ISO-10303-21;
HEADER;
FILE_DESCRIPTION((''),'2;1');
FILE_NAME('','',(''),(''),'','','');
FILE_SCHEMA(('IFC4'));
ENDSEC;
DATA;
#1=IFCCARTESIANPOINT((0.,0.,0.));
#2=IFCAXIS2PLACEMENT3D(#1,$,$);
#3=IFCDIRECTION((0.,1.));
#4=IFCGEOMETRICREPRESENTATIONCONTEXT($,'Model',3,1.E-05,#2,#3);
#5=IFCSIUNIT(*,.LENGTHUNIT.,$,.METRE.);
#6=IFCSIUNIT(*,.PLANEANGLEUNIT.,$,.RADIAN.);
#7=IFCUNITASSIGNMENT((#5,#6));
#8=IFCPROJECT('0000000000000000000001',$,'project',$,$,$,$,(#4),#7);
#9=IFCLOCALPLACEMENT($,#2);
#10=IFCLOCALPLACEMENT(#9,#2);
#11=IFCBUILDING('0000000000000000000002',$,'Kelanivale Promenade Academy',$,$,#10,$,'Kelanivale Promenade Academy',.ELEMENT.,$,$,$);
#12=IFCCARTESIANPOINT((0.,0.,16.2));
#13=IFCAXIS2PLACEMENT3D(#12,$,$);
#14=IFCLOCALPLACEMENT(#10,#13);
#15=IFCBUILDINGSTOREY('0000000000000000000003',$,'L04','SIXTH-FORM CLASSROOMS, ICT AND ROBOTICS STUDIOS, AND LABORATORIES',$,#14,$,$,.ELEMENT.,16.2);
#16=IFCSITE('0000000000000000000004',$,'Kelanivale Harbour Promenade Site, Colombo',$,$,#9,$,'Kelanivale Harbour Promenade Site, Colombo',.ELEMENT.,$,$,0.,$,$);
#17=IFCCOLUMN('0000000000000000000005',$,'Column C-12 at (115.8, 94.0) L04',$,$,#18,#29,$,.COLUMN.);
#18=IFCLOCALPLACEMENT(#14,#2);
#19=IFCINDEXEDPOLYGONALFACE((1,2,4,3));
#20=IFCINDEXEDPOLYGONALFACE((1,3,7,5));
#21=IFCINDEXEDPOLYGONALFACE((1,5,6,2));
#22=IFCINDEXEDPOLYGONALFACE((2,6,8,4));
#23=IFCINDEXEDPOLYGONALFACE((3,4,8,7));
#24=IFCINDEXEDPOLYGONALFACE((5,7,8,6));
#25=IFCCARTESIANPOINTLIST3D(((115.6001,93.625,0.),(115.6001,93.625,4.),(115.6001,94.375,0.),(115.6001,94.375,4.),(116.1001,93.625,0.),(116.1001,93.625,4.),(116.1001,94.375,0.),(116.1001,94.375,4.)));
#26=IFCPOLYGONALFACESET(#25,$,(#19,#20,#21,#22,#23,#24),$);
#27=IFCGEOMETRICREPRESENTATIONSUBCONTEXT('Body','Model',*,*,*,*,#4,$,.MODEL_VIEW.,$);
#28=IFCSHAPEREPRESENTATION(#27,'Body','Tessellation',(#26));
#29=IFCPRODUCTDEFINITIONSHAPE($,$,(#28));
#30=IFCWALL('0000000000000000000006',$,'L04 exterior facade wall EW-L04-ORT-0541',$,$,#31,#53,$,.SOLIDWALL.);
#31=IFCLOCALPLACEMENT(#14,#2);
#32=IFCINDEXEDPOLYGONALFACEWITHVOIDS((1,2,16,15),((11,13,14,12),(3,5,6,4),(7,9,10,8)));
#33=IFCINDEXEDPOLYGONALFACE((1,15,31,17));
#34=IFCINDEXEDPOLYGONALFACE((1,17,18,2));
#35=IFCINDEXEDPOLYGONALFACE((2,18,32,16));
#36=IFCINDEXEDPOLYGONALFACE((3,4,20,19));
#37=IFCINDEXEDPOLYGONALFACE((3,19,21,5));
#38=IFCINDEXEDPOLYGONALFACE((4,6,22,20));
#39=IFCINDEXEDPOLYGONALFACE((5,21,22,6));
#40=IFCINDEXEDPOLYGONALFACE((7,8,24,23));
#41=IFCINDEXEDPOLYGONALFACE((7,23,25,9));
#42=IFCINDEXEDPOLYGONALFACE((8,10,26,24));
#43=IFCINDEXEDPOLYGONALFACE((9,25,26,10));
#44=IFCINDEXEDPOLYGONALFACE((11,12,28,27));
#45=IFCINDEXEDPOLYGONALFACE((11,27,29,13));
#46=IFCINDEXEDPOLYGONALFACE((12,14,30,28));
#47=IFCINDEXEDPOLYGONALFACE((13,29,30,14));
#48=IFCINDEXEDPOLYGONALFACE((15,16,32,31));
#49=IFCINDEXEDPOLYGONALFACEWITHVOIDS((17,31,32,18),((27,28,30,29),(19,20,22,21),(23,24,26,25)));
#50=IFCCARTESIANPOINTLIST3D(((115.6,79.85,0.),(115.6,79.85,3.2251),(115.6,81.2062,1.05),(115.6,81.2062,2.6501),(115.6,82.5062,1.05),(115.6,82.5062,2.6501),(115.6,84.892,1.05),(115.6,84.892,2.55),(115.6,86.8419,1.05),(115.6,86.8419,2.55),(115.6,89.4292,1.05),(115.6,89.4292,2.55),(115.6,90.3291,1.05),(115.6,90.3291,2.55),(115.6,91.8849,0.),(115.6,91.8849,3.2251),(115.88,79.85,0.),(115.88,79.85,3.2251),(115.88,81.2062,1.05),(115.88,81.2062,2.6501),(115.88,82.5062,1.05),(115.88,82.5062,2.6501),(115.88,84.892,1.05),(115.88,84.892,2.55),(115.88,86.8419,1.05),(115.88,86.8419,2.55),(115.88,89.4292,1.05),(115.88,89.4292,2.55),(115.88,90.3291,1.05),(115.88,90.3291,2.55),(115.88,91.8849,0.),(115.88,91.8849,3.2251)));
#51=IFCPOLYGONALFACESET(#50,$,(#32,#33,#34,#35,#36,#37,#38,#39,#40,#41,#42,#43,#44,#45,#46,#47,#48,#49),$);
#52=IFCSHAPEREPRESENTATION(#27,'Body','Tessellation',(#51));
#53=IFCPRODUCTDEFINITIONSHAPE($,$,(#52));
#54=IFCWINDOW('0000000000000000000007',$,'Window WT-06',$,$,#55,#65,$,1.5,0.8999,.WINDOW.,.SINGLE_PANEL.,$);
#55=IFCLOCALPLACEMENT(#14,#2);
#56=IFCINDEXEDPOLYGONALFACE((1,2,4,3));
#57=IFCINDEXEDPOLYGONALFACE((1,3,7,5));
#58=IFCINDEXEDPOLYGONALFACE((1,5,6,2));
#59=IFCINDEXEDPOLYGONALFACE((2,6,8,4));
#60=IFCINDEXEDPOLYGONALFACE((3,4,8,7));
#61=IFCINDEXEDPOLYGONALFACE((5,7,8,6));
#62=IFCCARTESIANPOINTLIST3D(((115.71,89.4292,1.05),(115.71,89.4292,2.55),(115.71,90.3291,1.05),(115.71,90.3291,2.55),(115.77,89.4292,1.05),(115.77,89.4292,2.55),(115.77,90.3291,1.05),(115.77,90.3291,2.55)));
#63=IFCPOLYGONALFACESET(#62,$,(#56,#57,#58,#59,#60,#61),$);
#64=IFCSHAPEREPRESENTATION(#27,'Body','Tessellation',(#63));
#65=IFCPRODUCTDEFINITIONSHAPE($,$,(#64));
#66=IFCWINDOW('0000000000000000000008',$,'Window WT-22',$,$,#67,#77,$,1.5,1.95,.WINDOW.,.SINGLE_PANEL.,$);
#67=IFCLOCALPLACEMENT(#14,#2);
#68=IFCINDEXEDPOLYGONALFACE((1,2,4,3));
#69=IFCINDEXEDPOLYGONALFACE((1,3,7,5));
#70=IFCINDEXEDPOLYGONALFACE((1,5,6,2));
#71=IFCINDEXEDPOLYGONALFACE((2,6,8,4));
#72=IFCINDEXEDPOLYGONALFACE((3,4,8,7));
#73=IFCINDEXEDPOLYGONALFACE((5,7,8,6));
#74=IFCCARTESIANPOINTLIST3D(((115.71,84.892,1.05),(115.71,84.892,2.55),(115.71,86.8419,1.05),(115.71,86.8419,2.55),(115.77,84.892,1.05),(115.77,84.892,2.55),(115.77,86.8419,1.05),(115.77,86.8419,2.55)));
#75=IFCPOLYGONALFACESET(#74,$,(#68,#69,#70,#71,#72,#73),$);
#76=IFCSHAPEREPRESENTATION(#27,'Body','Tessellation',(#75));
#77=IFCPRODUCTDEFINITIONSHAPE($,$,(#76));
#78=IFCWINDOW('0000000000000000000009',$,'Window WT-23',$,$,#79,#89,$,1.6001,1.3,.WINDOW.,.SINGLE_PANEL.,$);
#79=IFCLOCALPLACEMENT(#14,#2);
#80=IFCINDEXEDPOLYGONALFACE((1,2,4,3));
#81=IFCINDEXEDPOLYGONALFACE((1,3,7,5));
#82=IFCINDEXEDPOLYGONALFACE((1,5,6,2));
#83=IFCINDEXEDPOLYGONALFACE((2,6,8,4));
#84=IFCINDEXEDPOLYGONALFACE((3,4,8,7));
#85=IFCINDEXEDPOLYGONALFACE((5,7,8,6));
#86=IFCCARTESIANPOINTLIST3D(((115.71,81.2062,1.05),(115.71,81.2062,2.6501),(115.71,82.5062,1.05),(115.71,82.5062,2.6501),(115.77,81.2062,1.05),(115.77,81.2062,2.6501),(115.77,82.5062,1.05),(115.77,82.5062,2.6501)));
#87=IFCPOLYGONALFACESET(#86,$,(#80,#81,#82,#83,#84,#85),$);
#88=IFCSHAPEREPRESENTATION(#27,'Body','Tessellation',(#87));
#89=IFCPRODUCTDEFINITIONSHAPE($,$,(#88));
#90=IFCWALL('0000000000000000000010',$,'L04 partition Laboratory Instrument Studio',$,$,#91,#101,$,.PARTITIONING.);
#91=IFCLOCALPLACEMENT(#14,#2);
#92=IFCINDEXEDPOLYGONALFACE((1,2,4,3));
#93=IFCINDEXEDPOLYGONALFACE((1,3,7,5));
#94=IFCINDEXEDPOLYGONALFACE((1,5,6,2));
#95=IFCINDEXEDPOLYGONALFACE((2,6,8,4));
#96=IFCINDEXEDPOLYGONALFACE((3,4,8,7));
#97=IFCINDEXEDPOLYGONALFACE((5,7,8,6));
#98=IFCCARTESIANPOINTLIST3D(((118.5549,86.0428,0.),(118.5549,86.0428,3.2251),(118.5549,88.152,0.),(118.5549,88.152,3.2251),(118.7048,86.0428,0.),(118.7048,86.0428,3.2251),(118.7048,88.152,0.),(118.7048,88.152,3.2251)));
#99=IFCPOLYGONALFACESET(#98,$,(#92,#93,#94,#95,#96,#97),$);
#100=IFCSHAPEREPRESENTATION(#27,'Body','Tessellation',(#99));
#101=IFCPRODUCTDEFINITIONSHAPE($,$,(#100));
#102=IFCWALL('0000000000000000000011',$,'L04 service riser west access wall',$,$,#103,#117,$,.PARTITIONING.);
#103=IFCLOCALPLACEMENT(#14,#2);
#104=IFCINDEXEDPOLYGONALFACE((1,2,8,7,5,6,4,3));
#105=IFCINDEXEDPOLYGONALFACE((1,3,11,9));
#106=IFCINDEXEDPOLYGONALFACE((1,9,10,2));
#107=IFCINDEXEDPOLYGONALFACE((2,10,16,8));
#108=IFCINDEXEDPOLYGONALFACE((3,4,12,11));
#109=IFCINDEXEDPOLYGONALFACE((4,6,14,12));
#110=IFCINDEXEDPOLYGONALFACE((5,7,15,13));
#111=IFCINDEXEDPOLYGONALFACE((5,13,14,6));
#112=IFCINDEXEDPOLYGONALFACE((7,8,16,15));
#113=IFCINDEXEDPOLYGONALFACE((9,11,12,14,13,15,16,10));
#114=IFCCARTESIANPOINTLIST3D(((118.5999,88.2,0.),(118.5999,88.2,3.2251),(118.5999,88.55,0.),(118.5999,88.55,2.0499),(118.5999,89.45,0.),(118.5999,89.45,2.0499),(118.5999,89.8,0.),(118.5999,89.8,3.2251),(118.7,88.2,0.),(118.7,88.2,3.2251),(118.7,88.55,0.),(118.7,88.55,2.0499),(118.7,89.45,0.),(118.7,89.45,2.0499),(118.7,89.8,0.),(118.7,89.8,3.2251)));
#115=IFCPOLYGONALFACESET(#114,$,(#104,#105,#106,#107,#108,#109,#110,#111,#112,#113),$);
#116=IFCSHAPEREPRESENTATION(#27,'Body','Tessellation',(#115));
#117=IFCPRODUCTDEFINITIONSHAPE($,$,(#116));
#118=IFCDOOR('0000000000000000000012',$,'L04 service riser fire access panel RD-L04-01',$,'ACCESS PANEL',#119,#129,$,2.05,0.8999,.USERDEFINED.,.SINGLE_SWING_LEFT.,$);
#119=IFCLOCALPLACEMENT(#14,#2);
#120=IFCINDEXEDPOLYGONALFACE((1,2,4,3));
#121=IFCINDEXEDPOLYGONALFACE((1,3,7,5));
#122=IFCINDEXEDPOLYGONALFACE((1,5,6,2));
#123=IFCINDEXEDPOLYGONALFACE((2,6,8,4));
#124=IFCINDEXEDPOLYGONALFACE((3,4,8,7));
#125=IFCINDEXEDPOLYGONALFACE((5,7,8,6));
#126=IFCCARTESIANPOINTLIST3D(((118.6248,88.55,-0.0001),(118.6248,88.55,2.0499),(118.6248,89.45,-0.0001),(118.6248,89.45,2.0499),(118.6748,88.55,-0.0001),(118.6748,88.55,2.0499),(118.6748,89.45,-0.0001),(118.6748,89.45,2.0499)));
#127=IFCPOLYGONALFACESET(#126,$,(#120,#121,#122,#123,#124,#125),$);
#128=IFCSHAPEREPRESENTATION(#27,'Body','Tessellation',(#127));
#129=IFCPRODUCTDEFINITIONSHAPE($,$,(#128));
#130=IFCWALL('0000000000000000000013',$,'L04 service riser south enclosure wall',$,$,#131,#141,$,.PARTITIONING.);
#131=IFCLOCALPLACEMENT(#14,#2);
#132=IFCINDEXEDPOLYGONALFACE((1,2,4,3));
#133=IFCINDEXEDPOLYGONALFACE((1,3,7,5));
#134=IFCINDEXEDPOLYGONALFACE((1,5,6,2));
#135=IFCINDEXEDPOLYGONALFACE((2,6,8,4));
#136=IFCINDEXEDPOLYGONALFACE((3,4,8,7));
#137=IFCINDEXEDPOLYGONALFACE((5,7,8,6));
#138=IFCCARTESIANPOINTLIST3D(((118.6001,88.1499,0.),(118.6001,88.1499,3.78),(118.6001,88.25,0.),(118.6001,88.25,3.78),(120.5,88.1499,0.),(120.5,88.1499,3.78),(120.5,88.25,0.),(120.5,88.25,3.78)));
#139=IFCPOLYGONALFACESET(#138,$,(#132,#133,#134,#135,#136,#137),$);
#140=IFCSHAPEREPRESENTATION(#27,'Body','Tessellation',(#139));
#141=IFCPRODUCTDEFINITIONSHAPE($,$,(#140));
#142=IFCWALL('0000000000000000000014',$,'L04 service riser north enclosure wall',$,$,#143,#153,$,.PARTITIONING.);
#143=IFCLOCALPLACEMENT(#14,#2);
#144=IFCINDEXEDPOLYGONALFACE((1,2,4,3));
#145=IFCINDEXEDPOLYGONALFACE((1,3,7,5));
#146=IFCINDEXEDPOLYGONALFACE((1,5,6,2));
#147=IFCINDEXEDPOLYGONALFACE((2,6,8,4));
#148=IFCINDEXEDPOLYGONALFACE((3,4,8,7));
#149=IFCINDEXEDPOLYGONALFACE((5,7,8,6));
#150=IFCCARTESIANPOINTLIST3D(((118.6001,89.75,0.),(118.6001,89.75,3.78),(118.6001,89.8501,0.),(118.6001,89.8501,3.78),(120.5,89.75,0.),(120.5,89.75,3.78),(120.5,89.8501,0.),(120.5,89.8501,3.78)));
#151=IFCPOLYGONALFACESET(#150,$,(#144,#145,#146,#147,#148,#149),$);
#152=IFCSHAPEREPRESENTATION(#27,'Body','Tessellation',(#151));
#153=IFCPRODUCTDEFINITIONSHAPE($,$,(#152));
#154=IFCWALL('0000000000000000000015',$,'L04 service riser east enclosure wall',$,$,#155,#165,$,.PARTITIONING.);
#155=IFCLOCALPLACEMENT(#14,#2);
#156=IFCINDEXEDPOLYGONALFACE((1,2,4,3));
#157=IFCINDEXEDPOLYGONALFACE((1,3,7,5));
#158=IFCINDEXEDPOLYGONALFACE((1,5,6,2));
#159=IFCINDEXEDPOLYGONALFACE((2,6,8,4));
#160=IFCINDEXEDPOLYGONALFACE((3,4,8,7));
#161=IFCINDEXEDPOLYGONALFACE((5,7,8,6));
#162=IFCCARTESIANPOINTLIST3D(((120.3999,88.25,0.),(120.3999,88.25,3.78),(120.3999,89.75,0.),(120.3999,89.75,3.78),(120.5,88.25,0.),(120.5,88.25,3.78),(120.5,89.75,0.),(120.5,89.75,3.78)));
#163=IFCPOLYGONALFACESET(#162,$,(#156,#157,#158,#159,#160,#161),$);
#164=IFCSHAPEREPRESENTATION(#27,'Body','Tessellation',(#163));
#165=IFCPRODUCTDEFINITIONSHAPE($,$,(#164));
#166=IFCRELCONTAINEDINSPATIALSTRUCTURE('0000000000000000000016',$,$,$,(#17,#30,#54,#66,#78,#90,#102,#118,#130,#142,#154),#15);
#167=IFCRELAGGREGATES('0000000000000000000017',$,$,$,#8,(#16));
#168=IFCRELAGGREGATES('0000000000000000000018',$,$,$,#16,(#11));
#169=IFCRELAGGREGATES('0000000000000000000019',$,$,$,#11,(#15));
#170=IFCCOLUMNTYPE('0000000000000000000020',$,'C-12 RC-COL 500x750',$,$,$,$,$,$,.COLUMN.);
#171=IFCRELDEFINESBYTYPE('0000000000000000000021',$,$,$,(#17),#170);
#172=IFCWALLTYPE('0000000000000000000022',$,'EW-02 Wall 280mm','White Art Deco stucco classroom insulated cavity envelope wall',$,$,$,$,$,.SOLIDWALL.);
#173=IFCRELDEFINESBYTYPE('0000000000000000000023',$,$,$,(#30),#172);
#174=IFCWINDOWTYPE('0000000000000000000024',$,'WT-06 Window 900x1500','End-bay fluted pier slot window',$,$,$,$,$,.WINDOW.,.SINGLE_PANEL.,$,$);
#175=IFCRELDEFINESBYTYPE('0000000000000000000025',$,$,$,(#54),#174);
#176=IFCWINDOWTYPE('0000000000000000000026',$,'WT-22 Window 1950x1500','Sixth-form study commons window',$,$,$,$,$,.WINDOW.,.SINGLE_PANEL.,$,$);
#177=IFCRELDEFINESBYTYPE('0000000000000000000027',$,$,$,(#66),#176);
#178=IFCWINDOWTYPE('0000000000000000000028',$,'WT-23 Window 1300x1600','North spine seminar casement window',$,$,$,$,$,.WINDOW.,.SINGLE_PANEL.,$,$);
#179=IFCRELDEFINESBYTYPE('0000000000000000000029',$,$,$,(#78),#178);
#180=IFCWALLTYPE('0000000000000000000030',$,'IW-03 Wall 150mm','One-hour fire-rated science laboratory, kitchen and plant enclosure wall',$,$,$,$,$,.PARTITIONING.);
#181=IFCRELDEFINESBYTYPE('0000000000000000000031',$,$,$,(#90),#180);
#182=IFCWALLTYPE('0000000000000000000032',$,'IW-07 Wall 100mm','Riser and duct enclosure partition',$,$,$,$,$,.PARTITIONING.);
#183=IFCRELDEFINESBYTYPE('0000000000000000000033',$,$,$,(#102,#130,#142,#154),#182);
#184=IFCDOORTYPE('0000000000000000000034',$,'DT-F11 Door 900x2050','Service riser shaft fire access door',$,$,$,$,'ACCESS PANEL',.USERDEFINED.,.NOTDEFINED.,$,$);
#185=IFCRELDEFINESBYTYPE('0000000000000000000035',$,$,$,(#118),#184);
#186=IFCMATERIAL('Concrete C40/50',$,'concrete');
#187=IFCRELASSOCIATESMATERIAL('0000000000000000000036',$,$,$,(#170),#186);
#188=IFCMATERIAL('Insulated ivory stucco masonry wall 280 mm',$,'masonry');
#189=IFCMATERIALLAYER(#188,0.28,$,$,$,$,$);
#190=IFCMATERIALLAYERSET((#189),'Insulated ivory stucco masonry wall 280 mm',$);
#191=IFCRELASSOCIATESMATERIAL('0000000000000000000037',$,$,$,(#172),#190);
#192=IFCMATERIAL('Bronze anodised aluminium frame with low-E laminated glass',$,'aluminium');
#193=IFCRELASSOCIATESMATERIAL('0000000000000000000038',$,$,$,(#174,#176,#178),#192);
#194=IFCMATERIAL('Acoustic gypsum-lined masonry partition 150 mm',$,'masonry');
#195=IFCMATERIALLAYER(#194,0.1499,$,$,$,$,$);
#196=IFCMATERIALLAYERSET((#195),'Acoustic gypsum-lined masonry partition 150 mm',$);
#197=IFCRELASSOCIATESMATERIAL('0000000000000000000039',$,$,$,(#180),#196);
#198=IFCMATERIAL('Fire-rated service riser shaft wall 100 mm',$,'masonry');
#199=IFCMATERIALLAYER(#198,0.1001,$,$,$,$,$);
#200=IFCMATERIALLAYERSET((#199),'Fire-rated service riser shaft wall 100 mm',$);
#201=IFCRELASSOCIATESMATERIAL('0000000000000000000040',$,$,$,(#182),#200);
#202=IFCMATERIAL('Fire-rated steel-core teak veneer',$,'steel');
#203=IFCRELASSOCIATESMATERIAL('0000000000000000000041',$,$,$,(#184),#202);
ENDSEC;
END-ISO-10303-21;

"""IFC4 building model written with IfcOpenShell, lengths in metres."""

from ifc_helpers import new_model, si_unit, direction, frame, frame_2d, origin, origin_2d, place, context, subcontext, project, spatial, rectangle, extrude, material, layer, layer_set, material_profile, profile_set, type_object, element, fill, save


model = new_model("IFC4")

# Units and contexts
model_context = context("Model", 3, precision=1e-05, world=origin(), true_north=direction((0.0, 1.0)))
body_context = subcontext(model_context, "Body", "Model", "MODEL_VIEW")
ifc_project = project(units=[si_unit("LENGTHUNIT", "METRE"), si_unit("PLANEANGLEUNIT", "RADIAN")], contexts=[model_context])

# Site, building, storey
site_placement = place(None, origin())
site = spatial("IfcSite", under=ifc_project, at=site_placement, Name="Kelanivale Harbour Promenade Site, Colombo", LongName="Kelanivale Harbour Promenade Site, Colombo", CompositionType="ELEMENT", RefElevation=0.0)
building_placement = place(site_placement, origin())
building = spatial("IfcBuilding", under=site, at=building_placement, Name="Kelanivale Promenade Academy", LongName="Kelanivale Promenade Academy", CompositionType="ELEMENT")
storey_placement = place(building_placement, frame((0.0, 0.0, 16.2)))
storey = spatial("IfcBuildingStorey", under=building, at=storey_placement, Name="L04", Description="SIXTH-FORM CLASSROOMS, ICT AND ROBOTICS STUDIOS, AND LABORATORIES", CompositionType="ELEMENT", Elevation=16.2)

# Column
ifc_material_1 = material(Name="Concrete C40/50", Category="concrete")
ifc_material_profile = material_profile(ifc_material_1, rectangle(XDim=0.5, YDim=0.75, at=origin_2d()), Name="RC-COL 500x750")
ifc_profile_set = profile_set([ifc_material_profile], Name="Concrete C40/50")
column_type = type_object("IfcColumnType", Name="C-12 RC-COL 500x750", PredefinedType="COLUMN", material=ifc_profile_set)
column_placement = place(storey_placement, frame((115.8501, 94.0, 0.0), z_axis=(0.0, 0.0, 1.0), x_axis=(1.0, 0.0, 0.0)))
element("IfcColumn", 1, at=column_placement, inside=storey, type_object=column_type, Name="Column C-12 at (115.8, 94.0) L04", PredefinedType="COLUMN", context=body_context, shape_type="SweptSolid", body=[
    extrude(rectangle(XDim=0.5, YDim=0.75, at=origin_2d()), origin(), (0.0, 0.0, 1.0), 4.0),
])

# Wall, openings, windows
ifc_material_2 = material(Name="Insulated ivory stucco masonry wall 280 mm", Category="masonry")
ifc_layer_1 = layer(ifc_material_2, 0.28)
ifc_layer_set_1 = layer_set([ifc_layer_1], Name="Insulated ivory stucco masonry wall 280 mm")
wall_type_1 = type_object("IfcWallType", Name="EW-02 Wall 280mm", Description="White Art Deco stucco classroom insulated cavity envelope wall", PredefinedType="SOLIDWALL", material=ifc_layer_set_1)
wall_1_placement = place(storey_placement, frame((115.74, 91.885, 0.0), z_axis=(0.0, 0.0, 1.0), x_axis=(0.0, -1.0, 0.0)))
wall_1 = element("IfcWall", 2, at=wall_1_placement, inside=storey, type_object=wall_type_1, Name="L04 exterior facade wall EW-L04-ORT-0541", PredefinedType="SOLIDWALL", context=body_context, shape_type="SweptSolid", body=[
    extrude(rectangle(XDim=12.0349, YDim=0.28, at=frame_2d((6.0176, 0.0))), origin(), (0.0, 0.0, 1.0), 3.2251),
])
opening_1_placement = place(wall_1_placement, frame((1.5559, 0.0, 1.05)))
opening_1 = element("IfcOpeningElement", 3, at=opening_1_placement, cuts=wall_1, PredefinedType="OPENING", context=body_context, shape_type="SweptSolid", body=[
    extrude(rectangle(XDim=0.8999, YDim=1.5, at=frame_2d((0.45, 0.75))), frame((0.0, 0.1499, 0.0), z_axis=(0.0, -1.0, 0.0), x_axis=(1.0, 0.0, 0.0)), (0.0, 0.0, 1.0), 0.3),
])
opening_2_placement = place(wall_1_placement, frame((5.043, 0.0, 1.05)))
opening_2 = element("IfcOpeningElement", 4, at=opening_2_placement, cuts=wall_1, PredefinedType="OPENING", context=body_context, shape_type="SweptSolid", body=[
    extrude(rectangle(XDim=1.95, YDim=1.5, at=frame_2d((0.9751, 0.75))), frame((0.0, 0.1499, 0.0), z_axis=(0.0, -1.0, 0.0), x_axis=(1.0, 0.0, 0.0)), (0.0, 0.0, 1.0), 0.3),
])
opening_3_placement = place(wall_1_placement, frame((9.3789, 0.0, 1.05)))
opening_3 = element("IfcOpeningElement", 5, at=opening_3_placement, cuts=wall_1, PredefinedType="OPENING", context=body_context, shape_type="SweptSolid", body=[
    extrude(rectangle(XDim=1.3, YDim=1.6001, at=frame_2d((0.6499, 0.8))), frame((0.0, 0.1499, 0.0), z_axis=(0.0, -1.0, 0.0), x_axis=(1.0, 0.0, 0.0)), (0.0, 0.0, 1.0), 0.3),
])
ifc_material_3 = material(Name="Bronze anodised aluminium frame with low-E laminated glass", Category="aluminium")
window_type_1 = type_object("IfcWindowType", Name="WT-06 Window 900x1500", Description="End-bay fluted pier slot window", PartitioningType="SINGLE_PANEL", PredefinedType="WINDOW", material=ifc_material_3)
window_1_placement = place(opening_1_placement, origin())
window_1 = element("IfcWindow", 6, at=window_1_placement, inside=storey, type_object=window_type_1, Name="Window WT-06", OverallHeight=1.5, OverallWidth=0.8999, PartitioningType="SINGLE_PANEL", PredefinedType="WINDOW", context=body_context, shape_type="SweptSolid", body=[
    extrude(rectangle(XDim=0.8999, YDim=1.5, at=frame_2d((0.45, 0.75))), frame((0.0, 0.03, 0.0), z_axis=(0.0, -1.0, 0.0), x_axis=(1.0, 0.0, 0.0)), (0.0, 0.0, 1.0), 0.0601),
])
fill(opening_1, window_1)
window_type_2 = type_object("IfcWindowType", Name="WT-22 Window 1950x1500", Description="Sixth-form study commons window", PartitioningType="SINGLE_PANEL", PredefinedType="WINDOW", material=ifc_material_3)
window_2_placement = place(opening_2_placement, origin())
window_2 = element("IfcWindow", 7, at=window_2_placement, inside=storey, type_object=window_type_2, Name="Window WT-22", OverallHeight=1.5, OverallWidth=1.95, PartitioningType="SINGLE_PANEL", PredefinedType="WINDOW", context=body_context, shape_type="SweptSolid", body=[
    extrude(rectangle(XDim=1.95, YDim=1.5, at=frame_2d((0.9751, 0.75))), frame((0.0, 0.03, 0.0), z_axis=(0.0, -1.0, 0.0), x_axis=(1.0, 0.0, 0.0)), (0.0, 0.0, 1.0), 0.0601),
])
fill(opening_2, window_2)
window_type_3 = type_object("IfcWindowType", Name="WT-23 Window 1300x1600", Description="North spine seminar casement window", PartitioningType="SINGLE_PANEL", PredefinedType="WINDOW", material=ifc_material_3)
window_3_placement = place(opening_3_placement, origin())
window_3 = element("IfcWindow", 8, at=window_3_placement, inside=storey, type_object=window_type_3, Name="Window WT-23", OverallHeight=1.6001, OverallWidth=1.3, PartitioningType="SINGLE_PANEL", PredefinedType="WINDOW", context=body_context, shape_type="SweptSolid", body=[
    extrude(rectangle(XDim=1.3, YDim=1.6001, at=frame_2d((0.6499, 0.8))), frame((0.0, 0.03, 0.0), z_axis=(0.0, -1.0, 0.0), x_axis=(1.0, 0.0, 0.0)), (0.0, 0.0, 1.0), 0.0601),
])
fill(opening_3, window_3)

# Wall
ifc_material_4 = material(Name="Acoustic gypsum-lined masonry partition 150 mm", Category="masonry")
ifc_layer_2 = layer(ifc_material_4, 0.1499)
ifc_layer_set_2 = layer_set([ifc_layer_2], Name="Acoustic gypsum-lined masonry partition 150 mm")
wall_type_2 = type_object("IfcWallType", Name="IW-03 Wall 150mm", Description="One-hour fire-rated science laboratory, kitchen and plant enclosure wall", PredefinedType="PARTITIONING", material=ifc_layer_set_2)
wall_2_placement = place(storey_placement, frame((118.6299, 88.1521, 0.0), z_axis=(0.0, 0.0, 1.0), x_axis=(0.0, -1.0, 0.0)))
element("IfcWall", 9, at=wall_2_placement, inside=storey, type_object=wall_type_2, Name="L04 partition Laboratory Instrument Studio", PredefinedType="PARTITIONING", context=body_context, shape_type="SweptSolid", body=[
    extrude(rectangle(XDim=2.1091, YDim=0.1499, at=frame_2d((1.0547, 0.0))), origin(), (0.0, 0.0, 1.0), 3.2251),
])

# Wall, opening, door
ifc_material_5 = material(Name="Fire-rated service riser shaft wall 100 mm", Category="masonry")
ifc_layer_3 = layer(ifc_material_5, 0.1001)
ifc_layer_set_3 = layer_set([ifc_layer_3], Name="Fire-rated service riser shaft wall 100 mm")
wall_type_3 = type_object("IfcWallType", Name="IW-07 Wall 100mm", Description="Riser and duct enclosure partition", PredefinedType="PARTITIONING", material=ifc_layer_set_3)
wall_3_placement = place(storey_placement, frame((118.6499, 88.2, 0.0), z_axis=(0.0, 0.0, 1.0), x_axis=(0.0, 1.0, 0.0)))
wall_3 = element("IfcWall", 10, at=wall_3_placement, inside=storey, type_object=wall_type_3, Name="L04 service riser west access wall", PredefinedType="PARTITIONING", context=body_context, shape_type="SweptSolid", body=[
    extrude(rectangle(XDim=1.6001, YDim=0.1001, at=frame_2d((0.8, 0.0))), origin(), (0.0, 0.0, 1.0), 3.2251),
])
opening_4_placement = place(wall_3_placement, frame((0.3501, 0.0, 0.0)))
opening_4 = element("IfcOpeningElement", 11, at=opening_4_placement, cuts=wall_3, PredefinedType="OPENING", context=body_context, shape_type="SweptSolid", body=[
    extrude(rectangle(XDim=0.8999, YDim=2.05, at=frame_2d((0.45, 1.0249))), frame((0.0, 0.0601, 0.0), z_axis=(0.0, -1.0, 0.0), x_axis=(1.0, 0.0, 0.0)), (0.0, 0.0, 1.0), 0.1201),
])
ifc_material_6 = material(Name="Fire-rated steel-core teak veneer", Category="steel")
door_type = type_object("IfcDoorType", Name="DT-F11 Door 900x2050", Description="Service riser shaft fire access door", ElementType="ACCESS PANEL", OperationType="NOTDEFINED", PredefinedType="USERDEFINED", material=ifc_material_6)
door_placement = place(opening_4_placement, frame((0.8999, 0.0, 0.0), z_axis=(0.0, 0.0, 1.0), x_axis=(-1.0, 0.0, 0.0)))
door = element("IfcDoor", 12, at=door_placement, inside=storey, type_object=door_type, Name="L04 service riser fire access panel RD-L04-01", ObjectType="ACCESS PANEL", OperationType="SINGLE_SWING_LEFT", OverallHeight=2.05, OverallWidth=0.8999, PredefinedType="USERDEFINED", context=body_context, shape_type="SweptSolid", body=[
    extrude(rectangle(XDim=0.8999, YDim=2.05, at=frame_2d((0.45, 1.0249))), frame((0.0, 0.0249, 0.0), z_axis=(0.0, -1.0, 0.0), x_axis=(1.0, 0.0, 0.0)), (0.0, 0.0, 1.0), 0.05),
])
fill(opening_4, door)

# Walls
for number, where, z_axis, x_axis, name in (
    (13, (118.6001, 88.2, 0.0), (0.0, 0.0, 1.0), (1.0, 0.0, 0.0), "L04 service riser south enclosure wall"),
    (14, (118.6001, 89.8, 0.0), (0.0, 0.0, 1.0), (1.0, 0.0, 0.0), "L04 service riser north enclosure wall"),
):
    element("IfcWall", number, at=place(storey_placement, frame(where, z_axis=z_axis, x_axis=x_axis)), inside=storey, type_object=wall_type_3, Name=name, PredefinedType="PARTITIONING", context=body_context, shape_type="SweptSolid", body=[
        extrude(rectangle(XDim=1.8999, YDim=0.1001, at=frame_2d((0.95, 0.0))), origin(), (0.0, 0.0, 1.0), 3.78),
    ])
wall_4_placement = place(storey_placement, frame((120.45, 88.25, 0.0), z_axis=(0.0, 0.0, 1.0), x_axis=(0.0, 1.0, 0.0)))
element("IfcWall", 15, at=wall_4_placement, inside=storey, type_object=wall_type_3, Name="L04 service riser east enclosure wall", PredefinedType="PARTITIONING", context=body_context, shape_type="SweptSolid", body=[
    extrude(rectangle(XDim=1.5, YDim=0.1001, at=frame_2d((0.75, 0.0))), origin(), (0.0, 0.0, 1.0), 3.78),
])

save(model, "model.ifc")
